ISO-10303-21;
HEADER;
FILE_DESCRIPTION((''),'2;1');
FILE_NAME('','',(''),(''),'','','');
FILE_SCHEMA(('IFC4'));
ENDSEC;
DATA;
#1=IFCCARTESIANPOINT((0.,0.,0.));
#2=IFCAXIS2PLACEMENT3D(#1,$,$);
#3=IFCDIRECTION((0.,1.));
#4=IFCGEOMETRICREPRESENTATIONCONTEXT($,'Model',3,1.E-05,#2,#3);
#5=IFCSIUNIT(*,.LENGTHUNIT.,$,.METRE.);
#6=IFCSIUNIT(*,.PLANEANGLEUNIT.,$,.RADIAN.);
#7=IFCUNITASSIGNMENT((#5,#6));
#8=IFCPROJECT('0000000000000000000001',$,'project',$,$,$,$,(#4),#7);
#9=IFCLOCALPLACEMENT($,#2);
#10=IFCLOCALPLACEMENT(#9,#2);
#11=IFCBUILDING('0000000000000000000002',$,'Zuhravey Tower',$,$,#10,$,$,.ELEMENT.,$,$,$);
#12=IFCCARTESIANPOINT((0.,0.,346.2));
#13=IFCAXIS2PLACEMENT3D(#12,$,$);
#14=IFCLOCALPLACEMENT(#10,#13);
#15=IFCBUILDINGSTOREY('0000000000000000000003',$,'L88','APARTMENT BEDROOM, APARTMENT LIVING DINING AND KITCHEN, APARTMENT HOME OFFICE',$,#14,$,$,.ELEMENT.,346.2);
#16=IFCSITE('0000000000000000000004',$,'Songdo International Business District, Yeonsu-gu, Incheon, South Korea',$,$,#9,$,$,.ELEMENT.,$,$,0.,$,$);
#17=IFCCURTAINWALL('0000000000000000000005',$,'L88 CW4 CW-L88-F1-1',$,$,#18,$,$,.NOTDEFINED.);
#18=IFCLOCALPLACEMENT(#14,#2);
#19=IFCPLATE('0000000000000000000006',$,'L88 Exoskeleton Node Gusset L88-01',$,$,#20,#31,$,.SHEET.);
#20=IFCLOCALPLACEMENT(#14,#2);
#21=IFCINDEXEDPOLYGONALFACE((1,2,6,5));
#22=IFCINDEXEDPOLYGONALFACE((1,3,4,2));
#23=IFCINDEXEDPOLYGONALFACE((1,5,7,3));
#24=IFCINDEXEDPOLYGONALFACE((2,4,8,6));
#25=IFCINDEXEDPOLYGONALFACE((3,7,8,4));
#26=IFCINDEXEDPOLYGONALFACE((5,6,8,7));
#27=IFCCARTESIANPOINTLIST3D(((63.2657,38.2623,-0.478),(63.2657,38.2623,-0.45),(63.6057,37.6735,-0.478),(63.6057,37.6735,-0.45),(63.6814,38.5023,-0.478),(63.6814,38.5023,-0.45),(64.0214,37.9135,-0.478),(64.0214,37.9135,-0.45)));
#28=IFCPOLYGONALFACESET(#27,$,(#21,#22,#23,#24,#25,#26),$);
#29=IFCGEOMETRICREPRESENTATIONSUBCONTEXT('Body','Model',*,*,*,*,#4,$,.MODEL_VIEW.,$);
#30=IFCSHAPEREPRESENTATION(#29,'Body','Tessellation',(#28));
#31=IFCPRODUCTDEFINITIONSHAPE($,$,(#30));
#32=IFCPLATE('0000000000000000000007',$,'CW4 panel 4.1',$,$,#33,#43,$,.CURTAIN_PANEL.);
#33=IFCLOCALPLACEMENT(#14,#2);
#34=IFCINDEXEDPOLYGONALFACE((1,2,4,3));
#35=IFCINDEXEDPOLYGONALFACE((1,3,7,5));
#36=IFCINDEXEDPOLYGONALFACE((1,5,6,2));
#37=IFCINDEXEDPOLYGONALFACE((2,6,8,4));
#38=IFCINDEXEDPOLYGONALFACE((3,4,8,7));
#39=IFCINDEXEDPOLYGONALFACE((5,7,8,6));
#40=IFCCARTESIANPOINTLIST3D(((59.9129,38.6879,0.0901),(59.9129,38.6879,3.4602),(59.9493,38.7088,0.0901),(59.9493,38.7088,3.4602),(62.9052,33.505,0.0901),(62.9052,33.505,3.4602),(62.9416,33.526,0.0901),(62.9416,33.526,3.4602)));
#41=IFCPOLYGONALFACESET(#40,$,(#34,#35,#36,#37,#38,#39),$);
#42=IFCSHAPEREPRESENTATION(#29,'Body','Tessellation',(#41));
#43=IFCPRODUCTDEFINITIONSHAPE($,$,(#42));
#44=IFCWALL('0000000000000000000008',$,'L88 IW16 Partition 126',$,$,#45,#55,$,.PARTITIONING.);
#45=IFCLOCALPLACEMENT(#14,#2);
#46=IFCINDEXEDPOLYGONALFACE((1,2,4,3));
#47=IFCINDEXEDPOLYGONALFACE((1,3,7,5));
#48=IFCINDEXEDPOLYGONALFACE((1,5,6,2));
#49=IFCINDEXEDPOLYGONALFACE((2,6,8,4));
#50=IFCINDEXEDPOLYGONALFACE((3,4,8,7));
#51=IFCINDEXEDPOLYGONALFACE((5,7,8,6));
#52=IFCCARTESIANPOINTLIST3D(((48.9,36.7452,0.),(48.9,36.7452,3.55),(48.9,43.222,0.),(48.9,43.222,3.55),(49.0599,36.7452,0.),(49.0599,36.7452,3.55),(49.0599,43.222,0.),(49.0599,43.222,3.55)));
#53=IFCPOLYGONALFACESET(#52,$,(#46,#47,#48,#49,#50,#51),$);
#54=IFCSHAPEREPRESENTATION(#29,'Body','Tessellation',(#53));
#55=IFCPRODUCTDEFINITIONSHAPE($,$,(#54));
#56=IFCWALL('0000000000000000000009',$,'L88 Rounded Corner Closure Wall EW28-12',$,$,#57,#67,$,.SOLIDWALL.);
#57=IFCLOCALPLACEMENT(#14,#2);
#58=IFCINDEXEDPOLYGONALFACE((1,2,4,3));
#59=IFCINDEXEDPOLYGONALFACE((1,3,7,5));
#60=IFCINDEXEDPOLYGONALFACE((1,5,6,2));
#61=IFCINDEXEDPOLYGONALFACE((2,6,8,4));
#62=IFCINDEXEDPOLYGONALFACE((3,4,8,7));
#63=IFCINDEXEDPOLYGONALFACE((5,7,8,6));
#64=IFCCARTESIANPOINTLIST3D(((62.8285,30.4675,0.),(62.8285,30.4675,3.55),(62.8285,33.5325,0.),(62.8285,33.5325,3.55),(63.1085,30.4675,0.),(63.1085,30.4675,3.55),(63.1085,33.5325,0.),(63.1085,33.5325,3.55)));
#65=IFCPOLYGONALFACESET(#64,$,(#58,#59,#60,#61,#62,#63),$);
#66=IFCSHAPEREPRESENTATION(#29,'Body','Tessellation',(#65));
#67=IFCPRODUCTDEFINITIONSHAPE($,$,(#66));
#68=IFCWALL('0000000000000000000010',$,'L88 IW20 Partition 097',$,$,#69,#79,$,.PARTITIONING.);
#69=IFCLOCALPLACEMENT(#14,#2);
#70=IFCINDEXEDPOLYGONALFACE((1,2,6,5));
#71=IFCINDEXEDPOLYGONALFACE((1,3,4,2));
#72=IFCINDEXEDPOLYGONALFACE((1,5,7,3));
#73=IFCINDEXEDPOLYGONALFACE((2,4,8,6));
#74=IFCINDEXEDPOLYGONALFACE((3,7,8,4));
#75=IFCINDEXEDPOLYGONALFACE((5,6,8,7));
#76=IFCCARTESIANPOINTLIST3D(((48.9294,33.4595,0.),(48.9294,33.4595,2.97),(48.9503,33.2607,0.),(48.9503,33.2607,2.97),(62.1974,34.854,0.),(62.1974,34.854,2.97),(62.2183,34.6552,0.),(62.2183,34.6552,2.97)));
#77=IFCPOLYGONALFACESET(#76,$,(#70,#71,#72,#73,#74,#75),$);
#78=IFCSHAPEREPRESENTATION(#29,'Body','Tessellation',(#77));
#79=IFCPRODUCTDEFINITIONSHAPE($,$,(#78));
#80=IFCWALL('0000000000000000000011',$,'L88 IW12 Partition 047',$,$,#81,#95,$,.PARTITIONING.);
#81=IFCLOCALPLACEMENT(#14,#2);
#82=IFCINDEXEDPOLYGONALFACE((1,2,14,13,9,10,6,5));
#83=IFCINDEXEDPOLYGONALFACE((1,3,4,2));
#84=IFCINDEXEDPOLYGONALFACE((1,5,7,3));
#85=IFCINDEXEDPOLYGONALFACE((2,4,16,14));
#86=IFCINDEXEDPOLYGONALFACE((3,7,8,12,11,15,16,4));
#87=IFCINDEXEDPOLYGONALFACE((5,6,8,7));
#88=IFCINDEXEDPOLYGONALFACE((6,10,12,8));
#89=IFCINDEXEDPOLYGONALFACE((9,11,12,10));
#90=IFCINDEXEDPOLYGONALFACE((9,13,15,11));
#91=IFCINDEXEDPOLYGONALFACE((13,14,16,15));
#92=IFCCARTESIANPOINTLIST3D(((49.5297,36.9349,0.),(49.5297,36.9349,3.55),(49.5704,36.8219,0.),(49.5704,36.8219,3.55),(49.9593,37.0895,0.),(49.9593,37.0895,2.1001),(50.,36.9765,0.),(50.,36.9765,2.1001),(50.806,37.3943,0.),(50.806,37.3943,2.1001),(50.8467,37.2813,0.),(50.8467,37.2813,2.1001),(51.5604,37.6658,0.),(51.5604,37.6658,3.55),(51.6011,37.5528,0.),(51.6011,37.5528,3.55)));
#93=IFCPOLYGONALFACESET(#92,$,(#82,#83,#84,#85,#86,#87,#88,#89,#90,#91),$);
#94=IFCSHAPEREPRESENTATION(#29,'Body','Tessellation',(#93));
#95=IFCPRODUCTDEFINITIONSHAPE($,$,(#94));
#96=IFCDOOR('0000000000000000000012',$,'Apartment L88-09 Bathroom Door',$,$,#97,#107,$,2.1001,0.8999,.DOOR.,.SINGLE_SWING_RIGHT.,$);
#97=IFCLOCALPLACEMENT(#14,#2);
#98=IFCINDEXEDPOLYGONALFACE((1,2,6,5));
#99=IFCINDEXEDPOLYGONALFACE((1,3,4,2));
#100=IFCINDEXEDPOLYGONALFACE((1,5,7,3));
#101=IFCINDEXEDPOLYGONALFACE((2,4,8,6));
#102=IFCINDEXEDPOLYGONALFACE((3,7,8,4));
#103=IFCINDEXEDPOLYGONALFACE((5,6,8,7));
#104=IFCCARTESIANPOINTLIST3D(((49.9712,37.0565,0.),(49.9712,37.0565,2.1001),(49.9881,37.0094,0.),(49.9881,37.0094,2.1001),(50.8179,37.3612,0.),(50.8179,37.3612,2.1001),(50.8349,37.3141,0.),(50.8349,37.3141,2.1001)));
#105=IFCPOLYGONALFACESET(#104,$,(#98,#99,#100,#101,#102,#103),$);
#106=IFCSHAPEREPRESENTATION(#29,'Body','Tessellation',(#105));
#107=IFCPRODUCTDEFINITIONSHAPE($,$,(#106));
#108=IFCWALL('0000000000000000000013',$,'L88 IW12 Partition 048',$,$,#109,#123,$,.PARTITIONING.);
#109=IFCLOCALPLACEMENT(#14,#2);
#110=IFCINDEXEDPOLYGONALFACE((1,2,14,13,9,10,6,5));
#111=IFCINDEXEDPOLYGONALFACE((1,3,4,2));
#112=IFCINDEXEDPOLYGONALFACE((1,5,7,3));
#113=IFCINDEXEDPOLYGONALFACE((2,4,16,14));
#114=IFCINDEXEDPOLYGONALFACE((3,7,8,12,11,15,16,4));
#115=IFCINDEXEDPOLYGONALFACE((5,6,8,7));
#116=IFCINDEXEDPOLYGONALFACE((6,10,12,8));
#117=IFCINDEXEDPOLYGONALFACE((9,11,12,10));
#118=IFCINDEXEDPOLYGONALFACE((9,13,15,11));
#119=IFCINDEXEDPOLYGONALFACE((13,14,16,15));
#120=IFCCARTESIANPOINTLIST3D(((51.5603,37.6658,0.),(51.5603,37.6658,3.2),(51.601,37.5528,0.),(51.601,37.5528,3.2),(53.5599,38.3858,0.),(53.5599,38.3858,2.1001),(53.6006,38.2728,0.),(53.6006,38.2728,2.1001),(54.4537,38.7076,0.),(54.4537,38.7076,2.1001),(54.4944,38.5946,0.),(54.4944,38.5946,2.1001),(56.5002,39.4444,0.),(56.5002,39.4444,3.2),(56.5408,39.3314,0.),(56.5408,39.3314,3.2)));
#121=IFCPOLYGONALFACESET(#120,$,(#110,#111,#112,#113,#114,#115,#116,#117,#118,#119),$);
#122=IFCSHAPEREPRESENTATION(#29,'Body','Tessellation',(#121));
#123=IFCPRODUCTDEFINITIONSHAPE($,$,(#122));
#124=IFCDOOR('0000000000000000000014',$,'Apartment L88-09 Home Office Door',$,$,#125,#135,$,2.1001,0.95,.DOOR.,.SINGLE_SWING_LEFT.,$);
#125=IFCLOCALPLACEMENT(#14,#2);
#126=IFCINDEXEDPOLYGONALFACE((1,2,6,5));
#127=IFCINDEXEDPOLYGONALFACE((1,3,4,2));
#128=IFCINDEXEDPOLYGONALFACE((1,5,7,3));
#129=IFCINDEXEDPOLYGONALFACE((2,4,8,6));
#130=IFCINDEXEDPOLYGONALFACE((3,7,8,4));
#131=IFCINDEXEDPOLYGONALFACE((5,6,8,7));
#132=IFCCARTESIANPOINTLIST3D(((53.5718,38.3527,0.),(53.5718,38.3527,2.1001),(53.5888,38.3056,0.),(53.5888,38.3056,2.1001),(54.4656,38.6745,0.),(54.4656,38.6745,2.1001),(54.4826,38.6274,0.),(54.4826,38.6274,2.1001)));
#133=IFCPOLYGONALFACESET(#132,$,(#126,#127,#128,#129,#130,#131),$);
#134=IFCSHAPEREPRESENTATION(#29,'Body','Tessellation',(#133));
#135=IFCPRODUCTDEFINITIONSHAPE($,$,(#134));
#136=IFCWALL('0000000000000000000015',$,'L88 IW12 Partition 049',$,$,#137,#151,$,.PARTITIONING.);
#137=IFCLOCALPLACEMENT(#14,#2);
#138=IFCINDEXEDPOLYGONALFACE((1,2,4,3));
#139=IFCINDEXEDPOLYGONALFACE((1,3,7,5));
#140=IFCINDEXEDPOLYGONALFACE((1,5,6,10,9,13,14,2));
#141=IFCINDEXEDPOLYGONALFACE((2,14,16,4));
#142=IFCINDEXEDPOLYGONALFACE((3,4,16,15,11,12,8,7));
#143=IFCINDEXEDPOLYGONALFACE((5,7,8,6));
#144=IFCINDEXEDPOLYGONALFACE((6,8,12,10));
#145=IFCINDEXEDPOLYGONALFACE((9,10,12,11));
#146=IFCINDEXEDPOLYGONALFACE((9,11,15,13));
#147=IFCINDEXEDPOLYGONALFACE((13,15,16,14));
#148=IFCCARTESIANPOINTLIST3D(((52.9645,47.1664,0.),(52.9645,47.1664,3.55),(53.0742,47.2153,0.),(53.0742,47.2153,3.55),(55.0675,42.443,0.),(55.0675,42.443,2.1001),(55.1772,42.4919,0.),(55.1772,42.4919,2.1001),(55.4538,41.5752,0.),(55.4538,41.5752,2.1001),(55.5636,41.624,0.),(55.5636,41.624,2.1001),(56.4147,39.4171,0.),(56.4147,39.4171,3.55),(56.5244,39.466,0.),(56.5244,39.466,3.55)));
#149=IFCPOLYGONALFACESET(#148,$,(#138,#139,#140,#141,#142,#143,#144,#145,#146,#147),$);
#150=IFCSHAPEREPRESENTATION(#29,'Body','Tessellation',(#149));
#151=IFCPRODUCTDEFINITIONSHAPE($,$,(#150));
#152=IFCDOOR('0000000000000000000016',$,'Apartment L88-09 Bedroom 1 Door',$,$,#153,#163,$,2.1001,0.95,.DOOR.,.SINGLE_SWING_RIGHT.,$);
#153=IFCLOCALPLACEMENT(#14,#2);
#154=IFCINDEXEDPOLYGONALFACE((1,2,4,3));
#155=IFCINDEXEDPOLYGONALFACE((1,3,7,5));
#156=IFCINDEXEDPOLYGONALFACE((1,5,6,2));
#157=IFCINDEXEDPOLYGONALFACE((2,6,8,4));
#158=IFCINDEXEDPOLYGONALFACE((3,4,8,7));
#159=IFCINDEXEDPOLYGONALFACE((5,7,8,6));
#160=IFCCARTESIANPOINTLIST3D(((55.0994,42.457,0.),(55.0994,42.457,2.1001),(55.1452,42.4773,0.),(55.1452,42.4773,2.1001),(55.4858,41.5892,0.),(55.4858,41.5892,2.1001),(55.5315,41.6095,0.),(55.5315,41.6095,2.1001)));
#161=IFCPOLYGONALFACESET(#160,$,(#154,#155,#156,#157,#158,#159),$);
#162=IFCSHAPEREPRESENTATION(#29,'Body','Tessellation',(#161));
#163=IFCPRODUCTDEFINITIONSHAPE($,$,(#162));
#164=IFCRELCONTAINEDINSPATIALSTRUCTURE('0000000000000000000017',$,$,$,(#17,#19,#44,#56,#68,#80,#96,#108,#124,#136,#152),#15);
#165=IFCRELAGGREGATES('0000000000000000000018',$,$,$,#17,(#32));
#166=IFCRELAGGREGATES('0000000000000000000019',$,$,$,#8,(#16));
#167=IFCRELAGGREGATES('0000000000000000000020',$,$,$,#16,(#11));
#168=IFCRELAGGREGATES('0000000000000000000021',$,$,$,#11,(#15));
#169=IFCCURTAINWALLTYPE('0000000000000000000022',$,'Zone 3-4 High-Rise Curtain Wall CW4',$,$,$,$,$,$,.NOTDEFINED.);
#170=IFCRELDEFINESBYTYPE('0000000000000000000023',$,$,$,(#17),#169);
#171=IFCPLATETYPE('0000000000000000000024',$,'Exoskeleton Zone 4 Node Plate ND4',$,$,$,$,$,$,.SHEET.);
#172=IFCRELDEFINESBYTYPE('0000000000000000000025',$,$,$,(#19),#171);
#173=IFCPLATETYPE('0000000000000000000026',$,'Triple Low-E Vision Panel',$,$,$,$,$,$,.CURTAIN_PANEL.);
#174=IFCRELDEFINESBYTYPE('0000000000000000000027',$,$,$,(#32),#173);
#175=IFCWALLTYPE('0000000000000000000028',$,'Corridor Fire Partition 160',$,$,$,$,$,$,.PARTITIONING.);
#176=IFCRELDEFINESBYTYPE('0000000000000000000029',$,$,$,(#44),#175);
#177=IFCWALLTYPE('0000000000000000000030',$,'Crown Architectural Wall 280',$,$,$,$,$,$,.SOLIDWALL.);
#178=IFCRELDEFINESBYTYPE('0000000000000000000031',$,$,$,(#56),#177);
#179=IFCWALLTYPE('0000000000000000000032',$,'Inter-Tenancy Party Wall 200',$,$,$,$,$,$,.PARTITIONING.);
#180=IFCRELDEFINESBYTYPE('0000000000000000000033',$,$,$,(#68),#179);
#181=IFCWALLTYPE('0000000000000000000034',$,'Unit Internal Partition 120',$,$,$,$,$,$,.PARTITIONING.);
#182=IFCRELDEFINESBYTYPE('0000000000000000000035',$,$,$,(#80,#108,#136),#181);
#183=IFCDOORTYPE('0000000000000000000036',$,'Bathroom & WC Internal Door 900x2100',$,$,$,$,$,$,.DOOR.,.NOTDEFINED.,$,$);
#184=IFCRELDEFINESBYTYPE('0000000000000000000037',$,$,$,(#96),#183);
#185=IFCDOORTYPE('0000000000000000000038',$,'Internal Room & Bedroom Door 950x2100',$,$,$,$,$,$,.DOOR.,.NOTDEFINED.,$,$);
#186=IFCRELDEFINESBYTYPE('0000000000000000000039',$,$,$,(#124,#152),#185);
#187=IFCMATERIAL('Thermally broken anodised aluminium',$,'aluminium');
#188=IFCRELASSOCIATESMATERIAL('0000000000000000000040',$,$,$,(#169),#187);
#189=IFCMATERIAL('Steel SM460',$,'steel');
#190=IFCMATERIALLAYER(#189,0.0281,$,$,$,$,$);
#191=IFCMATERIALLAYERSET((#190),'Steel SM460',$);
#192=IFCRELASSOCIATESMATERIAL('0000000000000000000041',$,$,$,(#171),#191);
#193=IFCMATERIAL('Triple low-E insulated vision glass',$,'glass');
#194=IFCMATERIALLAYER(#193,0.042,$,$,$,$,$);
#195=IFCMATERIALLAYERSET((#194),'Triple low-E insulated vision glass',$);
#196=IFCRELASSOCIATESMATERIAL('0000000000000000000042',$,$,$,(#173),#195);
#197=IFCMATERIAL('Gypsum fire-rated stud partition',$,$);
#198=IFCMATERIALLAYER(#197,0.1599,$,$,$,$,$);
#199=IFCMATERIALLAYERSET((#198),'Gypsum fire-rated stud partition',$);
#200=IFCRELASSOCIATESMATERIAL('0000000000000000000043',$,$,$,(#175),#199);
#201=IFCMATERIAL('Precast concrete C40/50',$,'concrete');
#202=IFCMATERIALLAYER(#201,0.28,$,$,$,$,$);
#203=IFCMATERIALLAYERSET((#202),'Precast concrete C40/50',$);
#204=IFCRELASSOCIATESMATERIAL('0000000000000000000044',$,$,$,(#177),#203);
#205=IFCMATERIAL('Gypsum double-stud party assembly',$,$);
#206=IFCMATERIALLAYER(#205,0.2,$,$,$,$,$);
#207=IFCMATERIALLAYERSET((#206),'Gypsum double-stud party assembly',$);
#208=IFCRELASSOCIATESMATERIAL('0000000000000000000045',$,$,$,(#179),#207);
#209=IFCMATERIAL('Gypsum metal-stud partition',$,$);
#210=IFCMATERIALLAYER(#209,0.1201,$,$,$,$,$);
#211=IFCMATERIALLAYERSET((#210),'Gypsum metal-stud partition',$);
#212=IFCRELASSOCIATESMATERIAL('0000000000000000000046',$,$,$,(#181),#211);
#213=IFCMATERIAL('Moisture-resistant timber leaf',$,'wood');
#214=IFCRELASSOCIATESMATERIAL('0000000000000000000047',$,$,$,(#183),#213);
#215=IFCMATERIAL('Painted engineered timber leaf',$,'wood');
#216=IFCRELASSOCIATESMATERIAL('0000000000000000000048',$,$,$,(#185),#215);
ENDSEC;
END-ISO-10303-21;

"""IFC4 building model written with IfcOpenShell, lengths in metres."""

from ifc_helpers import new_model, si_unit, direction, frame, frame_2d, origin, origin_2d, place, context, subcontext, project, spatial, rectangle, extrude, material, layer, layer_set, type_object, element, fill, aggregate, save


model = new_model("IFC4")

# Units and contexts
model_context = context("Model", 3, precision=1e-05, world=origin(), true_north=direction((0.0, 1.0)))
body_context = subcontext(model_context, "Body", "Model", "MODEL_VIEW")
ifc_project = project(units=[si_unit("LENGTHUNIT", "METRE"), si_unit("PLANEANGLEUNIT", "RADIAN")], contexts=[model_context])

# Site, building, storey
site_placement = place(None, origin())
site = spatial("IfcSite", under=ifc_project, at=site_placement, Name="Songdo International Business District, Yeonsu-gu, Incheon, South Korea", CompositionType="ELEMENT", RefElevation=0.0)
building_placement = place(site_placement, origin())
building = spatial("IfcBuilding", under=site, at=building_placement, Name="Zuhravey Tower", CompositionType="ELEMENT")
storey_placement = place(building_placement, frame((0.0, 0.0, 346.2)))
storey = spatial("IfcBuildingStorey", under=building, at=storey_placement, Name="L88", Description="APARTMENT BEDROOM, APARTMENT LIVING DINING AND KITCHEN, APARTMENT HOME OFFICE", CompositionType="ELEMENT", Elevation=346.2)

# Curtain wall
ifc_material_1 = material(Name="Thermally broken anodised aluminium", Category="aluminium")
curtain_wall_type = type_object("IfcCurtainWallType", Name="Zone 3-4 High-Rise Curtain Wall CW4", PredefinedType="NOTDEFINED", material=ifc_material_1)
curtain_wall_placement = place(storey_placement, origin())
curtain_wall = element("IfcCurtainWall", 1, at=curtain_wall_placement, inside=storey, type_object=curtain_wall_type, Name="L88 CW4 CW-L88-F1-1", PredefinedType="NOTDEFINED")

# Plates
ifc_material_2 = material(Name="Steel SM460", Category="steel")
ifc_layer_1 = layer(ifc_material_2, 0.0281)
ifc_layer_set_1 = layer_set([ifc_layer_1], Name="Steel SM460")
plate_type_1 = type_object("IfcPlateType", Name="Exoskeleton Zone 4 Node Plate ND4", PredefinedType="SHEET", material=ifc_layer_set_1)
plate_1_placement = place(storey_placement, frame((63.6436, 38.0879, -0.478), z_axis=(0.0, 0.0, 1.0), x_axis=(-0.5, 0.866025, 0.0)))
element("IfcPlate", 2, at=plate_1_placement, inside=storey, type_object=plate_type_1, Name="L88 Exoskeleton Node Gusset L88-01", PredefinedType="SHEET", context=body_context, shape_type="SweptSolid", body=[
    extrude(rectangle(XDim=0.6799, YDim=0.48, at=origin_2d()), origin(), (0.0, 0.0, 1.0), 0.0281),
])
ifc_material_3 = material(Name="Triple low-E insulated vision glass", Category="glass")
ifc_layer_2 = layer(ifc_material_3, 0.042)
ifc_layer_set_2 = layer_set([ifc_layer_2], Name="Triple low-E insulated vision glass")
plate_type_2 = type_object("IfcPlateType", Name="Triple Low-E Vision Panel", PredefinedType="CURTAIN_PANEL", material=ifc_layer_set_2)
plate_2_placement = place(storey_placement, frame((61.4272, 36.1069, 0.0901), z_axis=(0.0, 0.0, 1.0), x_axis=(0.5, -0.866026, 0.0)))
plate_2 = element("IfcPlate", 3, at=plate_2_placement, type_object=plate_type_2, Name="CW4 panel 4.1", PredefinedType="CURTAIN_PANEL", context=body_context, shape_type="SweptSolid", body=[
    extrude(rectangle(XDim=5.9846, YDim=0.042, at=origin_2d()), origin(), (0.0, 0.0, 1.0), 3.3701),
])
aggregate(curtain_wall, [plate_2])

# Shared definitions
ifc_material_4 = material(Name="Gypsum fire-rated stud partition")
ifc_layer_3 = layer(ifc_material_4, 0.1599)
ifc_layer_set_3 = layer_set([ifc_layer_3], Name="Gypsum fire-rated stud partition")
wall_type_1 = type_object("IfcWallType", Name="Corridor Fire Partition 160", PredefinedType="PARTITIONING", material=ifc_layer_set_3)

# Walls
wall_1_placement = place(storey_placement, frame((48.98, 36.7454, 0.0), z_axis=(0.0, 0.0, 1.0), x_axis=(0.0, 1.0, 0.0)))
element("IfcWall", 4, at=wall_1_placement, inside=storey, type_object=wall_type_1, Name="L88 IW16 Partition 126", PredefinedType="PARTITIONING", context=body_context, shape_type="SweptSolid", body=[
    extrude(rectangle(XDim=6.4768, YDim=0.1599, at=frame_2d((3.2383, 0.0))), origin(), (0.0, 0.0, 1.0), 3.55),
])
ifc_material_5 = material(Name="Precast concrete C40/50", Category="concrete")
ifc_layer_4 = layer(ifc_material_5, 0.28)
ifc_layer_set_4 = layer_set([ifc_layer_4], Name="Precast concrete C40/50")
wall_type_2 = type_object("IfcWallType", Name="Crown Architectural Wall 280", PredefinedType="SOLIDWALL", material=ifc_layer_set_4)
wall_2_placement = place(storey_placement, frame((62.9685, 33.5325, 0.0), z_axis=(0.0, 0.0, 1.0), x_axis=(0.0, -1.0, 0.0)))
element("IfcWall", 5, at=wall_2_placement, inside=storey, type_object=wall_type_2, Name="L88 Rounded Corner Closure Wall EW28-12", PredefinedType="SOLIDWALL", context=body_context, shape_type="SweptSolid", body=[
    extrude(rectangle(XDim=3.0649, YDim=0.28, at=frame_2d((1.5325, 0.0))), origin(), (0.0, 0.0, 1.0), 3.55),
])
ifc_material_6 = material(Name="Gypsum double-stud party assembly")
ifc_layer_5 = layer(ifc_material_6, 0.2)
ifc_layer_set_5 = layer_set([ifc_layer_5], Name="Gypsum double-stud party assembly")
wall_type_3 = type_object("IfcWallType", Name="Inter-Tenancy Party Wall 200", PredefinedType="PARTITIONING", material=ifc_layer_set_5)
wall_3_placement = place(storey_placement, frame((48.9399, 33.3601, 0.0), z_axis=(0.0, 0.0, 1.0), x_axis=(0.994522, 0.104529, 0.0)))
element("IfcWall", 6, at=wall_3_placement, inside=storey, type_object=wall_type_3, Name="L88 IW20 Partition 097", PredefinedType="PARTITIONING", context=body_context, shape_type="SweptSolid", body=[
    extrude(rectangle(XDim=13.3411, YDim=0.2, at=frame_2d((6.6704, 0.0))), origin(), (0.0, 0.0, 1.0), 2.97),
])

# Walls, openings, doors
ifc_material_7 = material(Name="Gypsum metal-stud partition")
ifc_layer_6 = layer(ifc_material_7, 0.1201)
ifc_layer_set_6 = layer_set([ifc_layer_6], Name="Gypsum metal-stud partition")
wall_type_4 = type_object("IfcWallType", Name="Unit Internal Partition 120", PredefinedType="PARTITIONING", material=ifc_layer_set_6)
wall_4_placement = place(storey_placement, frame((49.55, 36.8784, 0.0), z_axis=(0.0, 0.0, 1.0), x_axis=(0.940905, 0.338671, 0.0)))
wall_4 = element("IfcWall", 7, at=wall_4_placement, inside=storey, type_object=wall_type_4, Name="L88 IW12 Partition 047", PredefinedType="PARTITIONING", context=body_context, shape_type="SweptSolid", body=[
    extrude(rectangle(XDim=2.1582, YDim=0.1201, at=frame_2d((1.0791, 0.0))), origin(), (0.0, 0.0, 1.0), 3.55),
])
opening_1_placement = place(wall_4_placement, frame((0.4565, 0.0, 0.0)))
opening_1 = element("IfcOpeningElement", 8, at=opening_1_placement, cuts=wall_4, PredefinedType="OPENING", context=body_context, shape_type="SweptSolid", body=[
    extrude(rectangle(XDim=0.8999, YDim=2.1001, at=frame_2d((0.45, 1.05))), frame((0.0, 0.072, 0.0), z_axis=(0.0, -1.0, 0.0), x_axis=(1.0, 0.0, 0.0)), (0.0, 0.0, 1.0), 0.144),
])
ifc_material_8 = material(Name="Moisture-resistant timber leaf", Category="wood")
door_type_1 = type_object("IfcDoorType", Name="Bathroom & WC Internal Door 900x2100", OperationType="NOTDEFINED", PredefinedType="DOOR", material=ifc_material_8)
door_1_placement = place(opening_1_placement, origin())
door_1 = element("IfcDoor", 9, at=door_1_placement, inside=storey, type_object=door_type_1, Name="Apartment L88-09 Bathroom Door", OperationType="SINGLE_SWING_RIGHT", OverallHeight=2.1001, OverallWidth=0.8999, PredefinedType="DOOR", context=body_context, shape_type="SweptSolid", body=[
    extrude(rectangle(XDim=0.8999, YDim=2.1001, at=frame_2d((0.45, 1.05))), frame((0.0, 0.0249, 0.0), z_axis=(0.0, -1.0, 0.0), x_axis=(1.0, 0.0, 0.0)), (0.0, 0.0, 1.0), 0.05),
])
fill(opening_1, door_1)
wall_5_placement = place(storey_placement, frame((51.5808, 37.6094, 0.0), z_axis=(0.0, 0.0, 1.0), x_axis=(0.940871, 0.338766, 0.0)))
wall_5 = element("IfcWall", 10, at=wall_5_placement, inside=storey, type_object=wall_type_4, Name="L88 IW12 Partition 048", PredefinedType="PARTITIONING", context=body_context, shape_type="SweptSolid", body=[
    extrude(rectangle(XDim=5.2502, YDim=0.1201, at=frame_2d((2.625, 0.0))), origin(), (0.0, 0.0, 1.0), 3.2),
])
opening_2_placement = place(wall_5_placement, frame((2.125, 0.0, 0.0)))
opening_2 = element("IfcOpeningElement", 11, at=opening_2_placement, cuts=wall_5, PredefinedType="OPENING", context=body_context, shape_type="SweptSolid", body=[
    extrude(rectangle(XDim=0.95, YDim=2.1001, at=frame_2d((0.4751, 1.05))), frame((0.0, 0.072, 0.0), z_axis=(0.0, -1.0, 0.0), x_axis=(1.0, 0.0, 0.0)), (0.0, 0.0, 1.0), 0.144),
])
ifc_material_9 = material(Name="Painted engineered timber leaf", Category="wood")
door_type_2 = type_object("IfcDoorType", Name="Internal Room & Bedroom Door 950x2100", OperationType="NOTDEFINED", PredefinedType="DOOR", material=ifc_material_9)
door_2_placement = place(opening_2_placement, origin())
door_2 = element("IfcDoor", 12, at=door_2_placement, inside=storey, type_object=door_type_2, Name="Apartment L88-09 Home Office Door", OperationType="SINGLE_SWING_LEFT", OverallHeight=2.1001, OverallWidth=0.95, PredefinedType="DOOR", context=body_context, shape_type="SweptSolid", body=[
    extrude(rectangle(XDim=0.95, YDim=2.1001, at=frame_2d((0.4751, 1.05))), frame((0.0, 0.0249, 0.0), z_axis=(0.0, -1.0, 0.0), x_axis=(1.0, 0.0, 0.0)), (0.0, 0.0, 1.0), 0.05),
])
fill(opening_2, door_2)
wall_6_placement = place(storey_placement, frame((56.4695, 39.4417, 0.0), z_axis=(0.0, 0.0, 1.0), x_axis=(-0.406737, 0.913545, 0.0)))
wall_6 = element("IfcWall", 13, at=wall_6_placement, inside=storey, type_object=wall_type_4, Name="L88 IW12 Partition 049", PredefinedType="PARTITIONING", context=body_context, shape_type="SweptSolid", body=[
    extrude(rectangle(XDim=8.4827, YDim=0.1201, at=frame_2d((4.2412, 0.0))), origin(), (0.0, 0.0, 1.0), 3.55),
])
opening_3_placement = place(wall_6_placement, frame((2.3621, 0.0, 0.0)))
opening_3 = element("IfcOpeningElement", 14, at=opening_3_placement, cuts=wall_6, PredefinedType="OPENING", context=body_context, shape_type="SweptSolid", body=[
    extrude(rectangle(XDim=0.95, YDim=2.1001, at=frame_2d((0.4751, 1.05))), frame((0.0, 0.072, 0.0), z_axis=(0.0, -1.0, 0.0), x_axis=(1.0, 0.0, 0.0)), (0.0, 0.0, 1.0), 0.144),
])
door_3_placement = place(opening_3_placement, frame((0.95, 0.0, 0.0), z_axis=(0.0, 0.0, 1.0), x_axis=(-1.0, 0.0, 0.0)))
door_3 = element("IfcDoor", 15, at=door_3_placement, inside=storey, type_object=door_type_2, Name="Apartment L88-09 Bedroom 1 Door", OperationType="SINGLE_SWING_RIGHT", OverallHeight=2.1001, OverallWidth=0.95, PredefinedType="DOOR", context=body_context, shape_type="SweptSolid", body=[
    extrude(rectangle(XDim=0.95, YDim=2.1001, at=frame_2d((0.4751, 1.05))), frame((0.0, 0.0249, 0.0), z_axis=(0.0, -1.0, 0.0), x_axis=(1.0, 0.0, 0.0)), (0.0, 0.0, 1.0), 0.05),
])
fill(opening_3, door_3)

save(model, "model.ifc")
